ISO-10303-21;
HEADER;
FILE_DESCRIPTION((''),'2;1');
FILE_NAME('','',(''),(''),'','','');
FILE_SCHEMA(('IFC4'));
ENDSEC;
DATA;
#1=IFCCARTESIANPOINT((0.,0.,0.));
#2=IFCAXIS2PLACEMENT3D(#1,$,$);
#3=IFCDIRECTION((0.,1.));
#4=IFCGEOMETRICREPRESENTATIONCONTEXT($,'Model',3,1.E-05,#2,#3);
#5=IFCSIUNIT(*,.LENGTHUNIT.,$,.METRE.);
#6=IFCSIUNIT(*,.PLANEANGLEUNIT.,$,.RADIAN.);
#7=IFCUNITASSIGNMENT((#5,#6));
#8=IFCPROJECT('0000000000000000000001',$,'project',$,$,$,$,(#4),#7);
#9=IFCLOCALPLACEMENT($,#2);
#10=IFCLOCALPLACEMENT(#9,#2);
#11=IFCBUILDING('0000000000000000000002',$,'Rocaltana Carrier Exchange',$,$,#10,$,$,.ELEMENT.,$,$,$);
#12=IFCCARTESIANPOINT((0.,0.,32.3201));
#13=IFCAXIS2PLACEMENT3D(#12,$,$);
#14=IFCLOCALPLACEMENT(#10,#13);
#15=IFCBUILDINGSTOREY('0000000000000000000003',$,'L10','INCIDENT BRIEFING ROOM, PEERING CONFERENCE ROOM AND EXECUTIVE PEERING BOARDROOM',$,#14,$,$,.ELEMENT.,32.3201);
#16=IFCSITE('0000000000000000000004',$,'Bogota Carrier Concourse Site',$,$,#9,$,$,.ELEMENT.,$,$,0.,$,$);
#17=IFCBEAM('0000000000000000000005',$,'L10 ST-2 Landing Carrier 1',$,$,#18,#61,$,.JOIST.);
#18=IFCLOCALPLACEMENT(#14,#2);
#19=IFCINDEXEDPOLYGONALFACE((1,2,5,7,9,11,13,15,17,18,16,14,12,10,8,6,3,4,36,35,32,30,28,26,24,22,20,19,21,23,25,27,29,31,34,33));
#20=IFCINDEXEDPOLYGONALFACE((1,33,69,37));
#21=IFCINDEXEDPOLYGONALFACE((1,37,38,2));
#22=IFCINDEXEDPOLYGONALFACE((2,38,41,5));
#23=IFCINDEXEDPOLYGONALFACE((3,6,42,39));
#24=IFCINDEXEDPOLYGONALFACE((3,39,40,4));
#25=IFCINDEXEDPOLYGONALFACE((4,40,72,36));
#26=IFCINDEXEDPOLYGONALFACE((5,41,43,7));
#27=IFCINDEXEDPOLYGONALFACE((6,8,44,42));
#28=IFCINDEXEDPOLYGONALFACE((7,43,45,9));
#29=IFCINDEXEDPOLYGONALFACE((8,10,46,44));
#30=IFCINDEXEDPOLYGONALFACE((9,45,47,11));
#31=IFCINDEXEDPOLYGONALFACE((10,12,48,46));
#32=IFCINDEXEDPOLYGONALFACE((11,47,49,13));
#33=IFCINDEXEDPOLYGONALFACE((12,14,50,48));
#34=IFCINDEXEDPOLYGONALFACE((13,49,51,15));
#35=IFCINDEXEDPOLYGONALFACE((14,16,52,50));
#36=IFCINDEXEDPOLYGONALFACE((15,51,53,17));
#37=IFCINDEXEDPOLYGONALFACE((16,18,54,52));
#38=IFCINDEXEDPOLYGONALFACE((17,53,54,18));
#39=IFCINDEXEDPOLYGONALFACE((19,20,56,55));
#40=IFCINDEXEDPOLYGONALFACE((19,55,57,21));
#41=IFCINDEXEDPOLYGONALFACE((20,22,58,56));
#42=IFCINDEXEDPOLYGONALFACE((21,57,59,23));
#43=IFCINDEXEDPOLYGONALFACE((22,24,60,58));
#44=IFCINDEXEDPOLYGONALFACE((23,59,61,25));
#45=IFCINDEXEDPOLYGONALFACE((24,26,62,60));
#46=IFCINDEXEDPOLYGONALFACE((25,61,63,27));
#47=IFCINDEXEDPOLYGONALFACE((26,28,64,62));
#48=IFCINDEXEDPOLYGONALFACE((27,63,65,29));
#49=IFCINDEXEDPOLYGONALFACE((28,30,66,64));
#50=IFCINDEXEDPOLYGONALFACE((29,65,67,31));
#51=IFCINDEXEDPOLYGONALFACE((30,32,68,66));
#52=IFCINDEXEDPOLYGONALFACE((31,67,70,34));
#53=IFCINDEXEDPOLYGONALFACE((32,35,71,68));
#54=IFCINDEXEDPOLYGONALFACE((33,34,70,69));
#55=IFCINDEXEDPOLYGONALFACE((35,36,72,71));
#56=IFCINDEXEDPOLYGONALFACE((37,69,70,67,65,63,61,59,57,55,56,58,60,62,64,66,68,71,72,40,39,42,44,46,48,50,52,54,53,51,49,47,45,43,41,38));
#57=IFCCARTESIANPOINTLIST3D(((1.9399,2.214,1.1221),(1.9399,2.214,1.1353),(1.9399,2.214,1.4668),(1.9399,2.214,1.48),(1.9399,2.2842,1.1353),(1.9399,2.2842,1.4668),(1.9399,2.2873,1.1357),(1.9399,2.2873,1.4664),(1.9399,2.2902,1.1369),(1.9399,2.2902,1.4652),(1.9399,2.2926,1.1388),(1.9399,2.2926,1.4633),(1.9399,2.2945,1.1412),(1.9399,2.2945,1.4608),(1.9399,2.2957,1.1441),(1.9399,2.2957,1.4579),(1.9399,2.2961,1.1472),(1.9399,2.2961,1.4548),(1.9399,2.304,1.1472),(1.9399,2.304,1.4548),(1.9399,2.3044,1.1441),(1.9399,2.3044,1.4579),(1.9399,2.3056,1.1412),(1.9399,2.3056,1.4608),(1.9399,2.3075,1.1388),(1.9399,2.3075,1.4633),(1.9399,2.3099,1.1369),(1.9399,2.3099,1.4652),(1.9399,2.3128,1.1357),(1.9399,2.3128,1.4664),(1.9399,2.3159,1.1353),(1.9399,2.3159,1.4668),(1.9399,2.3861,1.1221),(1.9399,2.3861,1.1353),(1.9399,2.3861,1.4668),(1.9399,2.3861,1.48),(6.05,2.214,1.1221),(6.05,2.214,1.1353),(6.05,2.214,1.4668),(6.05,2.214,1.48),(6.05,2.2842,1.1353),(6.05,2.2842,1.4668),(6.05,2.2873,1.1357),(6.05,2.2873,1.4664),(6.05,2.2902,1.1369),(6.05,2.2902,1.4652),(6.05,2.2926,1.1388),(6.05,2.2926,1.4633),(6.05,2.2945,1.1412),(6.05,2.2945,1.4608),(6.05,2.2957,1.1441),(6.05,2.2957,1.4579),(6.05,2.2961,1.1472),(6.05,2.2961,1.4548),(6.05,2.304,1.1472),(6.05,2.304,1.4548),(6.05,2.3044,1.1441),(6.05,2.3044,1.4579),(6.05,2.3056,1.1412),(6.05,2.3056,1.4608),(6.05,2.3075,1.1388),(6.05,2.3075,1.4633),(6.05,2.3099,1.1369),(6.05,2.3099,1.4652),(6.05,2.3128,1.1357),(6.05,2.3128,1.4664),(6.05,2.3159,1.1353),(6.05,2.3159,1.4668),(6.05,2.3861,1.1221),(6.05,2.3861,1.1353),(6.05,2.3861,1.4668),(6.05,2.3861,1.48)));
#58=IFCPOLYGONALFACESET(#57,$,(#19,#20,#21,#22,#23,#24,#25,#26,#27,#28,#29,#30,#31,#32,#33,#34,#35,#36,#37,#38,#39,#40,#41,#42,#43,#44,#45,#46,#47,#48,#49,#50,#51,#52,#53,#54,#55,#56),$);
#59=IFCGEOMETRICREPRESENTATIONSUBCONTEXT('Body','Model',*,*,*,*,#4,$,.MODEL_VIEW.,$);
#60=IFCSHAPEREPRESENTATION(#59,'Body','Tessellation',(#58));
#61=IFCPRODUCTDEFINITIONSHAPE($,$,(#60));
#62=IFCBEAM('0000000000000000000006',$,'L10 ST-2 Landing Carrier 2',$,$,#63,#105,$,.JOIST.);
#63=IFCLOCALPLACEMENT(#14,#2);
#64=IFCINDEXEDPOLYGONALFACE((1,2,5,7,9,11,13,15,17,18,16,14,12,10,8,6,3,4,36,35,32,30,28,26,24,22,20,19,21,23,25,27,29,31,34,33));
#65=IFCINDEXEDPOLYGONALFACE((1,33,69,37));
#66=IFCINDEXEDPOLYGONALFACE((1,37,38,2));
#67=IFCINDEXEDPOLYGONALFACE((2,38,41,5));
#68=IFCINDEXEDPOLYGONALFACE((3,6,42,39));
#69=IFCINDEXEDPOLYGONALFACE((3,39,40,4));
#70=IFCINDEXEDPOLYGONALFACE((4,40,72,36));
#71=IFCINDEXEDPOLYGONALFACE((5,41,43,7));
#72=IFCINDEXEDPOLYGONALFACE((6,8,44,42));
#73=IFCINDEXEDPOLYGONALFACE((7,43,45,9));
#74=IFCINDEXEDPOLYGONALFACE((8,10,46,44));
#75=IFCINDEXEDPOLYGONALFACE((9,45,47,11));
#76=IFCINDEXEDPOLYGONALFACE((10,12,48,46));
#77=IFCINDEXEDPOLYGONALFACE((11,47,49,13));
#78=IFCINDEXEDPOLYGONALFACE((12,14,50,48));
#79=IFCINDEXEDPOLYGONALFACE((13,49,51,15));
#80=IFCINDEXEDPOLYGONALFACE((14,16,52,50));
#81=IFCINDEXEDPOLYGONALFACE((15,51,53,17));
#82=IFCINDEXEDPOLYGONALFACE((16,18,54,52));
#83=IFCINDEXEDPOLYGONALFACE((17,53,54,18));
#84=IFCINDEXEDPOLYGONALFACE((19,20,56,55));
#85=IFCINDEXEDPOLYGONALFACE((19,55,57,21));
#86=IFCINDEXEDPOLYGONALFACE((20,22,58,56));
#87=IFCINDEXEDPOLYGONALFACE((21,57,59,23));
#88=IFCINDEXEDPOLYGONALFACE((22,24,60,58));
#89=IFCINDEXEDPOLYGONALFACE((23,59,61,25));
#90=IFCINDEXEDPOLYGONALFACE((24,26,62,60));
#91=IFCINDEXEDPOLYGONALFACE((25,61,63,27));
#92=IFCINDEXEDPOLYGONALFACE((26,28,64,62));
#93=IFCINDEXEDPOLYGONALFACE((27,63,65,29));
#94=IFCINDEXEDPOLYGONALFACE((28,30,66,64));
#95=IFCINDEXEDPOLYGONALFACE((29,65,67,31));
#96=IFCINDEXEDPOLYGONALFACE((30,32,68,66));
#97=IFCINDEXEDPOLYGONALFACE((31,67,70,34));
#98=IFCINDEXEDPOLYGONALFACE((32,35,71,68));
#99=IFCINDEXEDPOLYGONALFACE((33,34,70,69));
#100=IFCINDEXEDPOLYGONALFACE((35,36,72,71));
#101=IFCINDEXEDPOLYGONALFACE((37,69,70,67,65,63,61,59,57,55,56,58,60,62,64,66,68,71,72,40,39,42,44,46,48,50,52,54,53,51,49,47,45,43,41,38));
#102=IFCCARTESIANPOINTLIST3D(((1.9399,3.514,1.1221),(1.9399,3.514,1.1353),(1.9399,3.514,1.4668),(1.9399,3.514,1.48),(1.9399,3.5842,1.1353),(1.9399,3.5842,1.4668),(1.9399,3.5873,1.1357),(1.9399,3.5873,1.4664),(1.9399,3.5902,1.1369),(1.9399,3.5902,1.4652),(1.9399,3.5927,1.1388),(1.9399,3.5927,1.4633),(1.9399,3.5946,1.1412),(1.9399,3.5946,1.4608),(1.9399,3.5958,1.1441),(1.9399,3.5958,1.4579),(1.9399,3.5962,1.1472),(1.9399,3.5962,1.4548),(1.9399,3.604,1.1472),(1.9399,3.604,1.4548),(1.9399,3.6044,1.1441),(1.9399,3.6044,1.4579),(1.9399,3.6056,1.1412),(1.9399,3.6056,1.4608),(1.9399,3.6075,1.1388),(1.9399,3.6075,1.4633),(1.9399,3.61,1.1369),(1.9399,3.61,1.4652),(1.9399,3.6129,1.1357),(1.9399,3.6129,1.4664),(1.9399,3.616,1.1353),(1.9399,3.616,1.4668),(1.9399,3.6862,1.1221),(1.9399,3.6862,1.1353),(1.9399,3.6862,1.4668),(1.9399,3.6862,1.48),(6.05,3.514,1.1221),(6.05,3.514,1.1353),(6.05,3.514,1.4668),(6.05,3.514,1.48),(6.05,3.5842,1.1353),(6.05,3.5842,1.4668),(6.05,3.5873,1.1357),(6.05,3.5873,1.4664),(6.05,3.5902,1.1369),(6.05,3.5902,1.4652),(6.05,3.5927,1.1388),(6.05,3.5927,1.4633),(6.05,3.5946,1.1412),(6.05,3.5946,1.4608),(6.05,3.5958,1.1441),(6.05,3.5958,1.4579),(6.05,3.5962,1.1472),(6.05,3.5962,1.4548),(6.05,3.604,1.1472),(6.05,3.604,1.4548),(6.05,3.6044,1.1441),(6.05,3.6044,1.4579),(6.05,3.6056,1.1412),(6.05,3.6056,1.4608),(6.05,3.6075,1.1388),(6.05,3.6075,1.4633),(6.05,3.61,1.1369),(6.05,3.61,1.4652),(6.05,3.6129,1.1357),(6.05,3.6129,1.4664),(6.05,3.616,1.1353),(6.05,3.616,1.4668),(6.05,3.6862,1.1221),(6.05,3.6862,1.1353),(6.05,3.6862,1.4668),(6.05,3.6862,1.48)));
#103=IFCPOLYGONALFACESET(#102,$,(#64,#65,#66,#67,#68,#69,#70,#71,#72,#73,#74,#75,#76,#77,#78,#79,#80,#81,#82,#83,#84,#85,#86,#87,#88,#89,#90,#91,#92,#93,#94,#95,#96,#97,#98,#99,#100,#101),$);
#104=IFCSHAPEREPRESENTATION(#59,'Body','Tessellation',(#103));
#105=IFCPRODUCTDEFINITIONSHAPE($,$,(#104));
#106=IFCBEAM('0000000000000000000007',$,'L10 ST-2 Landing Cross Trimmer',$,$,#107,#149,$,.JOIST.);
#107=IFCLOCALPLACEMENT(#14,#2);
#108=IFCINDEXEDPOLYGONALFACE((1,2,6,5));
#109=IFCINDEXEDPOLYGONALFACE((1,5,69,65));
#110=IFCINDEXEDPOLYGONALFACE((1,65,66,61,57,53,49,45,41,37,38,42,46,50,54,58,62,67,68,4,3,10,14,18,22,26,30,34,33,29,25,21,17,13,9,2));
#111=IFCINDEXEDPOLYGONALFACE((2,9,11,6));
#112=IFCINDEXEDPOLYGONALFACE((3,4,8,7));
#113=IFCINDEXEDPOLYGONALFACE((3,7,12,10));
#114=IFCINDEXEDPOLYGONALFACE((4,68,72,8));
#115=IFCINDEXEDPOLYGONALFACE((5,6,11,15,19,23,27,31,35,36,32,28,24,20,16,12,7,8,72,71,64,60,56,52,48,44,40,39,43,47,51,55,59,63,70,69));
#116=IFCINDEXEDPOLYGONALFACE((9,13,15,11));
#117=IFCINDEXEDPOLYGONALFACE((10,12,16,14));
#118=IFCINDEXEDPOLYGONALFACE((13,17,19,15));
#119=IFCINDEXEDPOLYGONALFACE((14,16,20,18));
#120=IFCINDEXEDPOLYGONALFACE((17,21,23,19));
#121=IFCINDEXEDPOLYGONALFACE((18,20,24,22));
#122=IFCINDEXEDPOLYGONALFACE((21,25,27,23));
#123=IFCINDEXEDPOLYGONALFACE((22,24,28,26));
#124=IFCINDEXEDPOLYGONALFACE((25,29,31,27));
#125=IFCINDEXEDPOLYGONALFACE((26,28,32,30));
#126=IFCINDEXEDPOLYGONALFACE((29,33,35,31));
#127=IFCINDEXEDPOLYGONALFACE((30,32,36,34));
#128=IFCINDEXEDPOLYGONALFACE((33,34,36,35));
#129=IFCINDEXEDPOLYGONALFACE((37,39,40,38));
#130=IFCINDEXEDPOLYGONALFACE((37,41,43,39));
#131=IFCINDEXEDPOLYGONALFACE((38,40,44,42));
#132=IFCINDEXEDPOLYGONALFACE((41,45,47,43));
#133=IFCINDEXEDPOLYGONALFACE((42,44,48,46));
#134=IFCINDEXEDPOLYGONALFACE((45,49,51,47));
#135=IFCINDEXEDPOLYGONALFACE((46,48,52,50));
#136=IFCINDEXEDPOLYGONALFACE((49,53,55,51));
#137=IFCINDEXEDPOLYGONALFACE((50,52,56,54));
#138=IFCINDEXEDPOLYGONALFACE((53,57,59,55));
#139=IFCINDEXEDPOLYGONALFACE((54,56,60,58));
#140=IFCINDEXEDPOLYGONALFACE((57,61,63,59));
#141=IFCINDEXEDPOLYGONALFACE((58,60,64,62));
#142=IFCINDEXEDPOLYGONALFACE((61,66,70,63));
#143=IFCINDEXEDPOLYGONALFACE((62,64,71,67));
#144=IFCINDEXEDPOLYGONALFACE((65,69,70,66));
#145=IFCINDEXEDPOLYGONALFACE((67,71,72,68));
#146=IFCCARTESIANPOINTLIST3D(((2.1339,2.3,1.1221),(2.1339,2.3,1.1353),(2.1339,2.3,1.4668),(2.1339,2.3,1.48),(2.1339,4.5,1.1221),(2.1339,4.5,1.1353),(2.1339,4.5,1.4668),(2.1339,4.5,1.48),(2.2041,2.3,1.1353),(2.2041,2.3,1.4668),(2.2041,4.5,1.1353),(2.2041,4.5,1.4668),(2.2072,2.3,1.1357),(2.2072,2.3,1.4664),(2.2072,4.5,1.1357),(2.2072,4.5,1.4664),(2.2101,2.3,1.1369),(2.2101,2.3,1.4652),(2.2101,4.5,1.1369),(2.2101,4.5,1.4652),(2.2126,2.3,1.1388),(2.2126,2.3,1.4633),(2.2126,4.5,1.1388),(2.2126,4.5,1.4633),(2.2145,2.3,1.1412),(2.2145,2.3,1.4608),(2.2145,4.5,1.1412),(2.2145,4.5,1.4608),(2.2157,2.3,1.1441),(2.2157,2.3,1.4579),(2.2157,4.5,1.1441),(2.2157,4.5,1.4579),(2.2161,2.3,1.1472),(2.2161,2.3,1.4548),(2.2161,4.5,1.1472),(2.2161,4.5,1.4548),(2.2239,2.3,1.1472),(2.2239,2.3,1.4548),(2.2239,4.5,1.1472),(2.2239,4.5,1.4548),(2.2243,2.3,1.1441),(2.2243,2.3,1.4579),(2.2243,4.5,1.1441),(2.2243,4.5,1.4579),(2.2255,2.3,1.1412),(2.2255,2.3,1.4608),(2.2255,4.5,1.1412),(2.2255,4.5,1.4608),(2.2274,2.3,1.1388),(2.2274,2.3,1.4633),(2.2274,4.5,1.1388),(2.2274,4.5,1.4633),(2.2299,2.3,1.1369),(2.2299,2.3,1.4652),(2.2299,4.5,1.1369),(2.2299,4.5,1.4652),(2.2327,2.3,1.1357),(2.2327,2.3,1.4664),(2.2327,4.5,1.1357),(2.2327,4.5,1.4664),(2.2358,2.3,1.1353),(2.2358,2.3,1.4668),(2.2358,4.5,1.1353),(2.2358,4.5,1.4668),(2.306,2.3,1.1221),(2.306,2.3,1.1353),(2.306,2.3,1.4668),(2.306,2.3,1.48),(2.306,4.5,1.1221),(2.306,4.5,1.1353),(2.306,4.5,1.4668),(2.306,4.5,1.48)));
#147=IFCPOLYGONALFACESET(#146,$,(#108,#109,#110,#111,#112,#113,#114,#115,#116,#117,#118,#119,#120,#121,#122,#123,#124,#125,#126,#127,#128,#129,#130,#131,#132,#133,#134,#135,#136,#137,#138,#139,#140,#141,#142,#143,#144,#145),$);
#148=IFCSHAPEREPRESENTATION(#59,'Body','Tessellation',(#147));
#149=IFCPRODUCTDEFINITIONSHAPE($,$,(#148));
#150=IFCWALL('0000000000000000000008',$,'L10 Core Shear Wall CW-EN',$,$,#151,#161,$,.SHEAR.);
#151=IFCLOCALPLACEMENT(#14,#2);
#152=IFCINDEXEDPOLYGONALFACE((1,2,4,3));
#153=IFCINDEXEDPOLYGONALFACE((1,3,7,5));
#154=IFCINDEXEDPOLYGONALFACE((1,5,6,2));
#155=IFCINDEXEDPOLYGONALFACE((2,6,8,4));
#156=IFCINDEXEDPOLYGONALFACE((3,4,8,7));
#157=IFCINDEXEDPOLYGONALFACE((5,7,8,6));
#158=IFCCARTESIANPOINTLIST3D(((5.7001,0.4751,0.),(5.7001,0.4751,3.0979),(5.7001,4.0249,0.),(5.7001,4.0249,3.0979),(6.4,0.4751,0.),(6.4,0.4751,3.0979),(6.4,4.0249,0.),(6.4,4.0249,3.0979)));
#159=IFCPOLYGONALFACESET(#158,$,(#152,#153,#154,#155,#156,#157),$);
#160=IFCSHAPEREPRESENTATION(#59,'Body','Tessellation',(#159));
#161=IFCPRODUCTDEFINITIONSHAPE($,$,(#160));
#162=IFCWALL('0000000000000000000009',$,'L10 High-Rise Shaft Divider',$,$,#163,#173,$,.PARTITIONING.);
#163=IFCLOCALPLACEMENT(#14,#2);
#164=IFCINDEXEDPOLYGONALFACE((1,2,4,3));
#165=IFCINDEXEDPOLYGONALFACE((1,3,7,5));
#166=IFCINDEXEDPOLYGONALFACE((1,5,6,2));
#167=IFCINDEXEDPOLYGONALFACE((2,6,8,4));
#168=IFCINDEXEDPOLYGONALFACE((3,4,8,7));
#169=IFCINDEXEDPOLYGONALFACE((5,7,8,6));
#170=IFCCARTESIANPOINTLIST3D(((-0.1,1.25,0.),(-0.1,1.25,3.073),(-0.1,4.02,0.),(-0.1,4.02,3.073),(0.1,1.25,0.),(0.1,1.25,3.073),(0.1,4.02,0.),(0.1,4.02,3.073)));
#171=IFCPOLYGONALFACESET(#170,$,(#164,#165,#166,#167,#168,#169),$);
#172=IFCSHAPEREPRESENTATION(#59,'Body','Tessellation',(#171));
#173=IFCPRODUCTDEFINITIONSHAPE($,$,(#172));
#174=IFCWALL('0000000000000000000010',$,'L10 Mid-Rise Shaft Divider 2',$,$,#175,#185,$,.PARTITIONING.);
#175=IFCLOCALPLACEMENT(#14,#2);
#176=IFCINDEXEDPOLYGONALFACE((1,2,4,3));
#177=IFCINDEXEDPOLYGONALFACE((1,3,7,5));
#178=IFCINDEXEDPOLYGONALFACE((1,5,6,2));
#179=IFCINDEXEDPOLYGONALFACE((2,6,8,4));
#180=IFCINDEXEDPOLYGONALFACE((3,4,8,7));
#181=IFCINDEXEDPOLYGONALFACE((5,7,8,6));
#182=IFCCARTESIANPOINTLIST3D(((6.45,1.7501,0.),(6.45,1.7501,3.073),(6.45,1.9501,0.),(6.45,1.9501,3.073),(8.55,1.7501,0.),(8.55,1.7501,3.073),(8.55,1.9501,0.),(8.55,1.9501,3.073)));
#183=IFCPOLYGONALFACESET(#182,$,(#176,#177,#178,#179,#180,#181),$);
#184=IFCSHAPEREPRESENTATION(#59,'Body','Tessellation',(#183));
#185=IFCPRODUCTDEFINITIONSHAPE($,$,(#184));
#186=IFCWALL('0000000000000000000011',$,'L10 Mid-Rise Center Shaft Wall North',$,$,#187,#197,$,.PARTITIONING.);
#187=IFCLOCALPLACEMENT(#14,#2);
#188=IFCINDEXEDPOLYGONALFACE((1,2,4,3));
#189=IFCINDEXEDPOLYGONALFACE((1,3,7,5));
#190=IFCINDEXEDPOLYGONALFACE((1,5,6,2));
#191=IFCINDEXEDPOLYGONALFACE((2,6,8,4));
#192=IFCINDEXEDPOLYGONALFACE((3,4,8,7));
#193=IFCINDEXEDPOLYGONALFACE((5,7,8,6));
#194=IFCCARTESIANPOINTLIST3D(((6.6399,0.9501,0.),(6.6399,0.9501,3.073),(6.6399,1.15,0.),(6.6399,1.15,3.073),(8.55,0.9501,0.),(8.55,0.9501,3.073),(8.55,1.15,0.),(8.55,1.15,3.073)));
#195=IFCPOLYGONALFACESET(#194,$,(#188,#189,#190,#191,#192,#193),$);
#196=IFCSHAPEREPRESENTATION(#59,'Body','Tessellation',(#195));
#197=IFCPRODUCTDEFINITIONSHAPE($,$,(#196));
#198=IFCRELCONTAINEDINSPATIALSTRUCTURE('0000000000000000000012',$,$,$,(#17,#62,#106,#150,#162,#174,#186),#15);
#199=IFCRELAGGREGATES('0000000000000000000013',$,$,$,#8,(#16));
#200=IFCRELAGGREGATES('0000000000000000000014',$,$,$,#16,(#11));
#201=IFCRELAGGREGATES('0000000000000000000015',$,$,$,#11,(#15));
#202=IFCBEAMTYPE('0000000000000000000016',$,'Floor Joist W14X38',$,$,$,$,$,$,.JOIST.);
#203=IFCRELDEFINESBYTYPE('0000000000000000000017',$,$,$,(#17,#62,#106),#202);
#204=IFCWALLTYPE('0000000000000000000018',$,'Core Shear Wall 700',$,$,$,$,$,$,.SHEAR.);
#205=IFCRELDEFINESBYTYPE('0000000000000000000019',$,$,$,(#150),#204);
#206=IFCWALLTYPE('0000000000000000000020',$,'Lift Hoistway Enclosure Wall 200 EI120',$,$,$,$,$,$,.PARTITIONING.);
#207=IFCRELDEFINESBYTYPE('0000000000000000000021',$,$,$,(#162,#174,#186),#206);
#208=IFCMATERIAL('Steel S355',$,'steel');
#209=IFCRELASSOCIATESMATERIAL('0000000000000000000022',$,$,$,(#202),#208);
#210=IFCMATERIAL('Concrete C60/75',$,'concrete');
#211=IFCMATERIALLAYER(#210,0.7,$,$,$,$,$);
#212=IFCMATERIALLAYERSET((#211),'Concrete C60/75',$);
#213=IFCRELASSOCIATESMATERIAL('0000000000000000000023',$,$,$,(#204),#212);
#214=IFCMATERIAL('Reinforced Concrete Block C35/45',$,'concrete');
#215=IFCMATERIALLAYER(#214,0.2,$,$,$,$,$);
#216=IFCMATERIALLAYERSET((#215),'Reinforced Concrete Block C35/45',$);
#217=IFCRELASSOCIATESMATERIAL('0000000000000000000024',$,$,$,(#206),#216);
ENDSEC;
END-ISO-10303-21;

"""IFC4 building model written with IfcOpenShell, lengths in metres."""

from ifc_helpers import new_model, si_unit, direction, frame, frame_2d, origin, origin_2d, place, context, subcontext, project, spatial, rectangle, i_section, extrude, material, layer, layer_set, material_profile, profile_set, type_object, element, save


model = new_model("IFC4")

# Units and contexts
model_context = context("Model", 3, precision=1e-05, world=origin(), true_north=direction((0.0, 1.0)))
body_context = subcontext(model_context, "Body", "Model", "MODEL_VIEW")
ifc_project = project(units=[si_unit("LENGTHUNIT", "METRE"), si_unit("PLANEANGLEUNIT", "RADIAN")], contexts=[model_context])

# Site, building, storey
site_placement = place(None, origin())
site = spatial("IfcSite", under=ifc_project, at=site_placement, Name="Bogota Carrier Concourse Site", CompositionType="ELEMENT", RefElevation=0.0)
building_placement = place(site_placement, origin())
building = spatial("IfcBuilding", under=site, at=building_placement, Name="Rocaltana Carrier Exchange", CompositionType="ELEMENT")
storey_placement = place(building_placement, frame((0.0, 0.0, 32.3201)))
storey = spatial("IfcBuildingStorey", under=building, at=storey_placement, Name="L10", Description="INCIDENT BRIEFING ROOM, PEERING CONFERENCE ROOM AND EXECUTIVE PEERING BOARDROOM", CompositionType="ELEMENT", Elevation=32.3201)

# Beams
ifc_material_1 = material(Name="Steel S355", Category="steel")
ifc_material_profile = material_profile(ifc_material_1, i_section(OverallWidth=0.1721, OverallDepth=0.3579, WebThickness=0.0078, FlangeThickness=0.0132, FilletRadius=0.012, at=origin_2d()), Name="W14X38")
ifc_profile_set = profile_set([ifc_material_profile], Name="Steel S355")
beam_type = type_object("IfcBeamType", Name="Floor Joist W14X38", PredefinedType="JOIST", material=ifc_profile_set)
for number, where, z_axis, x_axis, name in (
    (1, (1.9399, 2.3, 1.301), (1.0, 0.0, 0.0), (0.0, 1.0, 0.0), "L10 ST-2 Landing Carrier 1"),
    (2, (1.9399, 3.6001, 1.301), (1.0, 0.0, 0.0), (0.0, 1.0, 0.0), "L10 ST-2 Landing Carrier 2"),
):
    element("IfcBeam", number, at=place(storey_placement, frame(where, z_axis=z_axis, x_axis=x_axis)), inside=storey, type_object=beam_type, Name=name, PredefinedType="JOIST", context=body_context, shape_type="SweptSolid", body=[
        extrude(i_section(OverallWidth=0.1721, OverallDepth=0.3579, WebThickness=0.0078, FlangeThickness=0.0132, FilletRadius=0.012, at=origin_2d()), origin(), (0.0, 0.0, 1.0), 4.1101),
    ])
beam_placement = place(storey_placement, frame((2.22, 2.3, 1.301), z_axis=(0.0, 1.0, 0.0), x_axis=(-1.0, 0.0, 0.0)))
element("IfcBeam", 3, at=beam_placement, inside=storey, type_object=beam_type, Name="L10 ST-2 Landing Cross Trimmer", PredefinedType="JOIST", context=body_context, shape_type="SweptSolid", body=[
    extrude(i_section(OverallWidth=0.1721, OverallDepth=0.3579, WebThickness=0.0078, FlangeThickness=0.0132, FilletRadius=0.012, at=origin_2d()), origin(), (0.0, 0.0, 1.0), 2.2),
])

# Walls
ifc_material_2 = material(Name="Concrete C60/75", Category="concrete")
ifc_layer_1 = layer(ifc_material_2, 0.7)
ifc_layer_set_1 = layer_set([ifc_layer_1], Name="Concrete C60/75")
wall_type_1 = type_object("IfcWallType", Name="Core Shear Wall 700", PredefinedType="SHEAR", material=ifc_layer_set_1)
wall_1_placement = place(storey_placement, frame((6.05, 0.4751, 0.0), z_axis=(0.0, 0.0, 1.0), x_axis=(0.0, 1.0, 0.0)))
element("IfcWall", 4, at=wall_1_placement, inside=storey, type_object=wall_type_1, Name="L10 Core Shear Wall CW-EN", PredefinedType="SHEAR", context=body_context, shape_type="SweptSolid", body=[
    extrude(rectangle(XDim=3.5498, YDim=0.7, at=frame_2d((1.7749, 0.0))), origin(), (0.0, 0.0, 1.0), 3.0979),
])
ifc_material_3 = material(Name="Reinforced Concrete Block C35/45", Category="concrete")
ifc_layer_2 = layer(ifc_material_3, 0.2)
ifc_layer_set_2 = layer_set([ifc_layer_2], Name="Reinforced Concrete Block C35/45")
wall_type_2 = type_object("IfcWallType", Name="Lift Hoistway Enclosure Wall 200 EI120", PredefinedType="PARTITIONING", material=ifc_layer_set_2)
wall_2_placement = place(storey_placement, frame((0.0, 1.25, 0.0), z_axis=(0.0, 0.0, 1.0), x_axis=(0.0, 1.0, 0.0)))
element("IfcWall", 5, at=wall_2_placement, inside=storey, type_object=wall_type_2, Name="L10 High-Rise Shaft Divider", PredefinedType="PARTITIONING", context=body_context, shape_type="SweptSolid", body=[
    extrude(rectangle(XDim=2.77, YDim=0.2, at=frame_2d((1.385, 0.0))), origin(), (0.0, 0.0, 1.0), 3.073),
])
wall_3_placement = place(storey_placement, frame((6.45, 1.8501, 0.0), z_axis=(0.0, 0.0, 1.0), x_axis=(1.0, 0.0, 0.0)))
element("IfcWall", 6, at=wall_3_placement, inside=storey, type_object=wall_type_2, Name="L10 Mid-Rise Shaft Divider 2", PredefinedType="PARTITIONING", context=body_context, shape_type="SweptSolid", body=[
    extrude(rectangle(XDim=2.1001, YDim=0.2, at=frame_2d((1.05, 0.0))), origin(), (0.0, 0.0, 1.0), 3.073),
])
wall_4_placement = place(storey_placement, frame((6.6399, 1.05, 0.0), z_axis=(0.0, 0.0, 1.0), x_axis=(1.0, 0.0, 0.0)))
element("IfcWall", 7, at=wall_4_placement, inside=storey, type_object=wall_type_2, Name="L10 Mid-Rise Center Shaft Wall North", PredefinedType="PARTITIONING", context=body_context, shape_type="SweptSolid", body=[
    extrude(rectangle(XDim=1.9102, YDim=0.2, at=frame_2d((0.9551, 0.0))), origin(), (0.0, 0.0, 1.0), 3.073),
])

save(model, "model.ifc")
